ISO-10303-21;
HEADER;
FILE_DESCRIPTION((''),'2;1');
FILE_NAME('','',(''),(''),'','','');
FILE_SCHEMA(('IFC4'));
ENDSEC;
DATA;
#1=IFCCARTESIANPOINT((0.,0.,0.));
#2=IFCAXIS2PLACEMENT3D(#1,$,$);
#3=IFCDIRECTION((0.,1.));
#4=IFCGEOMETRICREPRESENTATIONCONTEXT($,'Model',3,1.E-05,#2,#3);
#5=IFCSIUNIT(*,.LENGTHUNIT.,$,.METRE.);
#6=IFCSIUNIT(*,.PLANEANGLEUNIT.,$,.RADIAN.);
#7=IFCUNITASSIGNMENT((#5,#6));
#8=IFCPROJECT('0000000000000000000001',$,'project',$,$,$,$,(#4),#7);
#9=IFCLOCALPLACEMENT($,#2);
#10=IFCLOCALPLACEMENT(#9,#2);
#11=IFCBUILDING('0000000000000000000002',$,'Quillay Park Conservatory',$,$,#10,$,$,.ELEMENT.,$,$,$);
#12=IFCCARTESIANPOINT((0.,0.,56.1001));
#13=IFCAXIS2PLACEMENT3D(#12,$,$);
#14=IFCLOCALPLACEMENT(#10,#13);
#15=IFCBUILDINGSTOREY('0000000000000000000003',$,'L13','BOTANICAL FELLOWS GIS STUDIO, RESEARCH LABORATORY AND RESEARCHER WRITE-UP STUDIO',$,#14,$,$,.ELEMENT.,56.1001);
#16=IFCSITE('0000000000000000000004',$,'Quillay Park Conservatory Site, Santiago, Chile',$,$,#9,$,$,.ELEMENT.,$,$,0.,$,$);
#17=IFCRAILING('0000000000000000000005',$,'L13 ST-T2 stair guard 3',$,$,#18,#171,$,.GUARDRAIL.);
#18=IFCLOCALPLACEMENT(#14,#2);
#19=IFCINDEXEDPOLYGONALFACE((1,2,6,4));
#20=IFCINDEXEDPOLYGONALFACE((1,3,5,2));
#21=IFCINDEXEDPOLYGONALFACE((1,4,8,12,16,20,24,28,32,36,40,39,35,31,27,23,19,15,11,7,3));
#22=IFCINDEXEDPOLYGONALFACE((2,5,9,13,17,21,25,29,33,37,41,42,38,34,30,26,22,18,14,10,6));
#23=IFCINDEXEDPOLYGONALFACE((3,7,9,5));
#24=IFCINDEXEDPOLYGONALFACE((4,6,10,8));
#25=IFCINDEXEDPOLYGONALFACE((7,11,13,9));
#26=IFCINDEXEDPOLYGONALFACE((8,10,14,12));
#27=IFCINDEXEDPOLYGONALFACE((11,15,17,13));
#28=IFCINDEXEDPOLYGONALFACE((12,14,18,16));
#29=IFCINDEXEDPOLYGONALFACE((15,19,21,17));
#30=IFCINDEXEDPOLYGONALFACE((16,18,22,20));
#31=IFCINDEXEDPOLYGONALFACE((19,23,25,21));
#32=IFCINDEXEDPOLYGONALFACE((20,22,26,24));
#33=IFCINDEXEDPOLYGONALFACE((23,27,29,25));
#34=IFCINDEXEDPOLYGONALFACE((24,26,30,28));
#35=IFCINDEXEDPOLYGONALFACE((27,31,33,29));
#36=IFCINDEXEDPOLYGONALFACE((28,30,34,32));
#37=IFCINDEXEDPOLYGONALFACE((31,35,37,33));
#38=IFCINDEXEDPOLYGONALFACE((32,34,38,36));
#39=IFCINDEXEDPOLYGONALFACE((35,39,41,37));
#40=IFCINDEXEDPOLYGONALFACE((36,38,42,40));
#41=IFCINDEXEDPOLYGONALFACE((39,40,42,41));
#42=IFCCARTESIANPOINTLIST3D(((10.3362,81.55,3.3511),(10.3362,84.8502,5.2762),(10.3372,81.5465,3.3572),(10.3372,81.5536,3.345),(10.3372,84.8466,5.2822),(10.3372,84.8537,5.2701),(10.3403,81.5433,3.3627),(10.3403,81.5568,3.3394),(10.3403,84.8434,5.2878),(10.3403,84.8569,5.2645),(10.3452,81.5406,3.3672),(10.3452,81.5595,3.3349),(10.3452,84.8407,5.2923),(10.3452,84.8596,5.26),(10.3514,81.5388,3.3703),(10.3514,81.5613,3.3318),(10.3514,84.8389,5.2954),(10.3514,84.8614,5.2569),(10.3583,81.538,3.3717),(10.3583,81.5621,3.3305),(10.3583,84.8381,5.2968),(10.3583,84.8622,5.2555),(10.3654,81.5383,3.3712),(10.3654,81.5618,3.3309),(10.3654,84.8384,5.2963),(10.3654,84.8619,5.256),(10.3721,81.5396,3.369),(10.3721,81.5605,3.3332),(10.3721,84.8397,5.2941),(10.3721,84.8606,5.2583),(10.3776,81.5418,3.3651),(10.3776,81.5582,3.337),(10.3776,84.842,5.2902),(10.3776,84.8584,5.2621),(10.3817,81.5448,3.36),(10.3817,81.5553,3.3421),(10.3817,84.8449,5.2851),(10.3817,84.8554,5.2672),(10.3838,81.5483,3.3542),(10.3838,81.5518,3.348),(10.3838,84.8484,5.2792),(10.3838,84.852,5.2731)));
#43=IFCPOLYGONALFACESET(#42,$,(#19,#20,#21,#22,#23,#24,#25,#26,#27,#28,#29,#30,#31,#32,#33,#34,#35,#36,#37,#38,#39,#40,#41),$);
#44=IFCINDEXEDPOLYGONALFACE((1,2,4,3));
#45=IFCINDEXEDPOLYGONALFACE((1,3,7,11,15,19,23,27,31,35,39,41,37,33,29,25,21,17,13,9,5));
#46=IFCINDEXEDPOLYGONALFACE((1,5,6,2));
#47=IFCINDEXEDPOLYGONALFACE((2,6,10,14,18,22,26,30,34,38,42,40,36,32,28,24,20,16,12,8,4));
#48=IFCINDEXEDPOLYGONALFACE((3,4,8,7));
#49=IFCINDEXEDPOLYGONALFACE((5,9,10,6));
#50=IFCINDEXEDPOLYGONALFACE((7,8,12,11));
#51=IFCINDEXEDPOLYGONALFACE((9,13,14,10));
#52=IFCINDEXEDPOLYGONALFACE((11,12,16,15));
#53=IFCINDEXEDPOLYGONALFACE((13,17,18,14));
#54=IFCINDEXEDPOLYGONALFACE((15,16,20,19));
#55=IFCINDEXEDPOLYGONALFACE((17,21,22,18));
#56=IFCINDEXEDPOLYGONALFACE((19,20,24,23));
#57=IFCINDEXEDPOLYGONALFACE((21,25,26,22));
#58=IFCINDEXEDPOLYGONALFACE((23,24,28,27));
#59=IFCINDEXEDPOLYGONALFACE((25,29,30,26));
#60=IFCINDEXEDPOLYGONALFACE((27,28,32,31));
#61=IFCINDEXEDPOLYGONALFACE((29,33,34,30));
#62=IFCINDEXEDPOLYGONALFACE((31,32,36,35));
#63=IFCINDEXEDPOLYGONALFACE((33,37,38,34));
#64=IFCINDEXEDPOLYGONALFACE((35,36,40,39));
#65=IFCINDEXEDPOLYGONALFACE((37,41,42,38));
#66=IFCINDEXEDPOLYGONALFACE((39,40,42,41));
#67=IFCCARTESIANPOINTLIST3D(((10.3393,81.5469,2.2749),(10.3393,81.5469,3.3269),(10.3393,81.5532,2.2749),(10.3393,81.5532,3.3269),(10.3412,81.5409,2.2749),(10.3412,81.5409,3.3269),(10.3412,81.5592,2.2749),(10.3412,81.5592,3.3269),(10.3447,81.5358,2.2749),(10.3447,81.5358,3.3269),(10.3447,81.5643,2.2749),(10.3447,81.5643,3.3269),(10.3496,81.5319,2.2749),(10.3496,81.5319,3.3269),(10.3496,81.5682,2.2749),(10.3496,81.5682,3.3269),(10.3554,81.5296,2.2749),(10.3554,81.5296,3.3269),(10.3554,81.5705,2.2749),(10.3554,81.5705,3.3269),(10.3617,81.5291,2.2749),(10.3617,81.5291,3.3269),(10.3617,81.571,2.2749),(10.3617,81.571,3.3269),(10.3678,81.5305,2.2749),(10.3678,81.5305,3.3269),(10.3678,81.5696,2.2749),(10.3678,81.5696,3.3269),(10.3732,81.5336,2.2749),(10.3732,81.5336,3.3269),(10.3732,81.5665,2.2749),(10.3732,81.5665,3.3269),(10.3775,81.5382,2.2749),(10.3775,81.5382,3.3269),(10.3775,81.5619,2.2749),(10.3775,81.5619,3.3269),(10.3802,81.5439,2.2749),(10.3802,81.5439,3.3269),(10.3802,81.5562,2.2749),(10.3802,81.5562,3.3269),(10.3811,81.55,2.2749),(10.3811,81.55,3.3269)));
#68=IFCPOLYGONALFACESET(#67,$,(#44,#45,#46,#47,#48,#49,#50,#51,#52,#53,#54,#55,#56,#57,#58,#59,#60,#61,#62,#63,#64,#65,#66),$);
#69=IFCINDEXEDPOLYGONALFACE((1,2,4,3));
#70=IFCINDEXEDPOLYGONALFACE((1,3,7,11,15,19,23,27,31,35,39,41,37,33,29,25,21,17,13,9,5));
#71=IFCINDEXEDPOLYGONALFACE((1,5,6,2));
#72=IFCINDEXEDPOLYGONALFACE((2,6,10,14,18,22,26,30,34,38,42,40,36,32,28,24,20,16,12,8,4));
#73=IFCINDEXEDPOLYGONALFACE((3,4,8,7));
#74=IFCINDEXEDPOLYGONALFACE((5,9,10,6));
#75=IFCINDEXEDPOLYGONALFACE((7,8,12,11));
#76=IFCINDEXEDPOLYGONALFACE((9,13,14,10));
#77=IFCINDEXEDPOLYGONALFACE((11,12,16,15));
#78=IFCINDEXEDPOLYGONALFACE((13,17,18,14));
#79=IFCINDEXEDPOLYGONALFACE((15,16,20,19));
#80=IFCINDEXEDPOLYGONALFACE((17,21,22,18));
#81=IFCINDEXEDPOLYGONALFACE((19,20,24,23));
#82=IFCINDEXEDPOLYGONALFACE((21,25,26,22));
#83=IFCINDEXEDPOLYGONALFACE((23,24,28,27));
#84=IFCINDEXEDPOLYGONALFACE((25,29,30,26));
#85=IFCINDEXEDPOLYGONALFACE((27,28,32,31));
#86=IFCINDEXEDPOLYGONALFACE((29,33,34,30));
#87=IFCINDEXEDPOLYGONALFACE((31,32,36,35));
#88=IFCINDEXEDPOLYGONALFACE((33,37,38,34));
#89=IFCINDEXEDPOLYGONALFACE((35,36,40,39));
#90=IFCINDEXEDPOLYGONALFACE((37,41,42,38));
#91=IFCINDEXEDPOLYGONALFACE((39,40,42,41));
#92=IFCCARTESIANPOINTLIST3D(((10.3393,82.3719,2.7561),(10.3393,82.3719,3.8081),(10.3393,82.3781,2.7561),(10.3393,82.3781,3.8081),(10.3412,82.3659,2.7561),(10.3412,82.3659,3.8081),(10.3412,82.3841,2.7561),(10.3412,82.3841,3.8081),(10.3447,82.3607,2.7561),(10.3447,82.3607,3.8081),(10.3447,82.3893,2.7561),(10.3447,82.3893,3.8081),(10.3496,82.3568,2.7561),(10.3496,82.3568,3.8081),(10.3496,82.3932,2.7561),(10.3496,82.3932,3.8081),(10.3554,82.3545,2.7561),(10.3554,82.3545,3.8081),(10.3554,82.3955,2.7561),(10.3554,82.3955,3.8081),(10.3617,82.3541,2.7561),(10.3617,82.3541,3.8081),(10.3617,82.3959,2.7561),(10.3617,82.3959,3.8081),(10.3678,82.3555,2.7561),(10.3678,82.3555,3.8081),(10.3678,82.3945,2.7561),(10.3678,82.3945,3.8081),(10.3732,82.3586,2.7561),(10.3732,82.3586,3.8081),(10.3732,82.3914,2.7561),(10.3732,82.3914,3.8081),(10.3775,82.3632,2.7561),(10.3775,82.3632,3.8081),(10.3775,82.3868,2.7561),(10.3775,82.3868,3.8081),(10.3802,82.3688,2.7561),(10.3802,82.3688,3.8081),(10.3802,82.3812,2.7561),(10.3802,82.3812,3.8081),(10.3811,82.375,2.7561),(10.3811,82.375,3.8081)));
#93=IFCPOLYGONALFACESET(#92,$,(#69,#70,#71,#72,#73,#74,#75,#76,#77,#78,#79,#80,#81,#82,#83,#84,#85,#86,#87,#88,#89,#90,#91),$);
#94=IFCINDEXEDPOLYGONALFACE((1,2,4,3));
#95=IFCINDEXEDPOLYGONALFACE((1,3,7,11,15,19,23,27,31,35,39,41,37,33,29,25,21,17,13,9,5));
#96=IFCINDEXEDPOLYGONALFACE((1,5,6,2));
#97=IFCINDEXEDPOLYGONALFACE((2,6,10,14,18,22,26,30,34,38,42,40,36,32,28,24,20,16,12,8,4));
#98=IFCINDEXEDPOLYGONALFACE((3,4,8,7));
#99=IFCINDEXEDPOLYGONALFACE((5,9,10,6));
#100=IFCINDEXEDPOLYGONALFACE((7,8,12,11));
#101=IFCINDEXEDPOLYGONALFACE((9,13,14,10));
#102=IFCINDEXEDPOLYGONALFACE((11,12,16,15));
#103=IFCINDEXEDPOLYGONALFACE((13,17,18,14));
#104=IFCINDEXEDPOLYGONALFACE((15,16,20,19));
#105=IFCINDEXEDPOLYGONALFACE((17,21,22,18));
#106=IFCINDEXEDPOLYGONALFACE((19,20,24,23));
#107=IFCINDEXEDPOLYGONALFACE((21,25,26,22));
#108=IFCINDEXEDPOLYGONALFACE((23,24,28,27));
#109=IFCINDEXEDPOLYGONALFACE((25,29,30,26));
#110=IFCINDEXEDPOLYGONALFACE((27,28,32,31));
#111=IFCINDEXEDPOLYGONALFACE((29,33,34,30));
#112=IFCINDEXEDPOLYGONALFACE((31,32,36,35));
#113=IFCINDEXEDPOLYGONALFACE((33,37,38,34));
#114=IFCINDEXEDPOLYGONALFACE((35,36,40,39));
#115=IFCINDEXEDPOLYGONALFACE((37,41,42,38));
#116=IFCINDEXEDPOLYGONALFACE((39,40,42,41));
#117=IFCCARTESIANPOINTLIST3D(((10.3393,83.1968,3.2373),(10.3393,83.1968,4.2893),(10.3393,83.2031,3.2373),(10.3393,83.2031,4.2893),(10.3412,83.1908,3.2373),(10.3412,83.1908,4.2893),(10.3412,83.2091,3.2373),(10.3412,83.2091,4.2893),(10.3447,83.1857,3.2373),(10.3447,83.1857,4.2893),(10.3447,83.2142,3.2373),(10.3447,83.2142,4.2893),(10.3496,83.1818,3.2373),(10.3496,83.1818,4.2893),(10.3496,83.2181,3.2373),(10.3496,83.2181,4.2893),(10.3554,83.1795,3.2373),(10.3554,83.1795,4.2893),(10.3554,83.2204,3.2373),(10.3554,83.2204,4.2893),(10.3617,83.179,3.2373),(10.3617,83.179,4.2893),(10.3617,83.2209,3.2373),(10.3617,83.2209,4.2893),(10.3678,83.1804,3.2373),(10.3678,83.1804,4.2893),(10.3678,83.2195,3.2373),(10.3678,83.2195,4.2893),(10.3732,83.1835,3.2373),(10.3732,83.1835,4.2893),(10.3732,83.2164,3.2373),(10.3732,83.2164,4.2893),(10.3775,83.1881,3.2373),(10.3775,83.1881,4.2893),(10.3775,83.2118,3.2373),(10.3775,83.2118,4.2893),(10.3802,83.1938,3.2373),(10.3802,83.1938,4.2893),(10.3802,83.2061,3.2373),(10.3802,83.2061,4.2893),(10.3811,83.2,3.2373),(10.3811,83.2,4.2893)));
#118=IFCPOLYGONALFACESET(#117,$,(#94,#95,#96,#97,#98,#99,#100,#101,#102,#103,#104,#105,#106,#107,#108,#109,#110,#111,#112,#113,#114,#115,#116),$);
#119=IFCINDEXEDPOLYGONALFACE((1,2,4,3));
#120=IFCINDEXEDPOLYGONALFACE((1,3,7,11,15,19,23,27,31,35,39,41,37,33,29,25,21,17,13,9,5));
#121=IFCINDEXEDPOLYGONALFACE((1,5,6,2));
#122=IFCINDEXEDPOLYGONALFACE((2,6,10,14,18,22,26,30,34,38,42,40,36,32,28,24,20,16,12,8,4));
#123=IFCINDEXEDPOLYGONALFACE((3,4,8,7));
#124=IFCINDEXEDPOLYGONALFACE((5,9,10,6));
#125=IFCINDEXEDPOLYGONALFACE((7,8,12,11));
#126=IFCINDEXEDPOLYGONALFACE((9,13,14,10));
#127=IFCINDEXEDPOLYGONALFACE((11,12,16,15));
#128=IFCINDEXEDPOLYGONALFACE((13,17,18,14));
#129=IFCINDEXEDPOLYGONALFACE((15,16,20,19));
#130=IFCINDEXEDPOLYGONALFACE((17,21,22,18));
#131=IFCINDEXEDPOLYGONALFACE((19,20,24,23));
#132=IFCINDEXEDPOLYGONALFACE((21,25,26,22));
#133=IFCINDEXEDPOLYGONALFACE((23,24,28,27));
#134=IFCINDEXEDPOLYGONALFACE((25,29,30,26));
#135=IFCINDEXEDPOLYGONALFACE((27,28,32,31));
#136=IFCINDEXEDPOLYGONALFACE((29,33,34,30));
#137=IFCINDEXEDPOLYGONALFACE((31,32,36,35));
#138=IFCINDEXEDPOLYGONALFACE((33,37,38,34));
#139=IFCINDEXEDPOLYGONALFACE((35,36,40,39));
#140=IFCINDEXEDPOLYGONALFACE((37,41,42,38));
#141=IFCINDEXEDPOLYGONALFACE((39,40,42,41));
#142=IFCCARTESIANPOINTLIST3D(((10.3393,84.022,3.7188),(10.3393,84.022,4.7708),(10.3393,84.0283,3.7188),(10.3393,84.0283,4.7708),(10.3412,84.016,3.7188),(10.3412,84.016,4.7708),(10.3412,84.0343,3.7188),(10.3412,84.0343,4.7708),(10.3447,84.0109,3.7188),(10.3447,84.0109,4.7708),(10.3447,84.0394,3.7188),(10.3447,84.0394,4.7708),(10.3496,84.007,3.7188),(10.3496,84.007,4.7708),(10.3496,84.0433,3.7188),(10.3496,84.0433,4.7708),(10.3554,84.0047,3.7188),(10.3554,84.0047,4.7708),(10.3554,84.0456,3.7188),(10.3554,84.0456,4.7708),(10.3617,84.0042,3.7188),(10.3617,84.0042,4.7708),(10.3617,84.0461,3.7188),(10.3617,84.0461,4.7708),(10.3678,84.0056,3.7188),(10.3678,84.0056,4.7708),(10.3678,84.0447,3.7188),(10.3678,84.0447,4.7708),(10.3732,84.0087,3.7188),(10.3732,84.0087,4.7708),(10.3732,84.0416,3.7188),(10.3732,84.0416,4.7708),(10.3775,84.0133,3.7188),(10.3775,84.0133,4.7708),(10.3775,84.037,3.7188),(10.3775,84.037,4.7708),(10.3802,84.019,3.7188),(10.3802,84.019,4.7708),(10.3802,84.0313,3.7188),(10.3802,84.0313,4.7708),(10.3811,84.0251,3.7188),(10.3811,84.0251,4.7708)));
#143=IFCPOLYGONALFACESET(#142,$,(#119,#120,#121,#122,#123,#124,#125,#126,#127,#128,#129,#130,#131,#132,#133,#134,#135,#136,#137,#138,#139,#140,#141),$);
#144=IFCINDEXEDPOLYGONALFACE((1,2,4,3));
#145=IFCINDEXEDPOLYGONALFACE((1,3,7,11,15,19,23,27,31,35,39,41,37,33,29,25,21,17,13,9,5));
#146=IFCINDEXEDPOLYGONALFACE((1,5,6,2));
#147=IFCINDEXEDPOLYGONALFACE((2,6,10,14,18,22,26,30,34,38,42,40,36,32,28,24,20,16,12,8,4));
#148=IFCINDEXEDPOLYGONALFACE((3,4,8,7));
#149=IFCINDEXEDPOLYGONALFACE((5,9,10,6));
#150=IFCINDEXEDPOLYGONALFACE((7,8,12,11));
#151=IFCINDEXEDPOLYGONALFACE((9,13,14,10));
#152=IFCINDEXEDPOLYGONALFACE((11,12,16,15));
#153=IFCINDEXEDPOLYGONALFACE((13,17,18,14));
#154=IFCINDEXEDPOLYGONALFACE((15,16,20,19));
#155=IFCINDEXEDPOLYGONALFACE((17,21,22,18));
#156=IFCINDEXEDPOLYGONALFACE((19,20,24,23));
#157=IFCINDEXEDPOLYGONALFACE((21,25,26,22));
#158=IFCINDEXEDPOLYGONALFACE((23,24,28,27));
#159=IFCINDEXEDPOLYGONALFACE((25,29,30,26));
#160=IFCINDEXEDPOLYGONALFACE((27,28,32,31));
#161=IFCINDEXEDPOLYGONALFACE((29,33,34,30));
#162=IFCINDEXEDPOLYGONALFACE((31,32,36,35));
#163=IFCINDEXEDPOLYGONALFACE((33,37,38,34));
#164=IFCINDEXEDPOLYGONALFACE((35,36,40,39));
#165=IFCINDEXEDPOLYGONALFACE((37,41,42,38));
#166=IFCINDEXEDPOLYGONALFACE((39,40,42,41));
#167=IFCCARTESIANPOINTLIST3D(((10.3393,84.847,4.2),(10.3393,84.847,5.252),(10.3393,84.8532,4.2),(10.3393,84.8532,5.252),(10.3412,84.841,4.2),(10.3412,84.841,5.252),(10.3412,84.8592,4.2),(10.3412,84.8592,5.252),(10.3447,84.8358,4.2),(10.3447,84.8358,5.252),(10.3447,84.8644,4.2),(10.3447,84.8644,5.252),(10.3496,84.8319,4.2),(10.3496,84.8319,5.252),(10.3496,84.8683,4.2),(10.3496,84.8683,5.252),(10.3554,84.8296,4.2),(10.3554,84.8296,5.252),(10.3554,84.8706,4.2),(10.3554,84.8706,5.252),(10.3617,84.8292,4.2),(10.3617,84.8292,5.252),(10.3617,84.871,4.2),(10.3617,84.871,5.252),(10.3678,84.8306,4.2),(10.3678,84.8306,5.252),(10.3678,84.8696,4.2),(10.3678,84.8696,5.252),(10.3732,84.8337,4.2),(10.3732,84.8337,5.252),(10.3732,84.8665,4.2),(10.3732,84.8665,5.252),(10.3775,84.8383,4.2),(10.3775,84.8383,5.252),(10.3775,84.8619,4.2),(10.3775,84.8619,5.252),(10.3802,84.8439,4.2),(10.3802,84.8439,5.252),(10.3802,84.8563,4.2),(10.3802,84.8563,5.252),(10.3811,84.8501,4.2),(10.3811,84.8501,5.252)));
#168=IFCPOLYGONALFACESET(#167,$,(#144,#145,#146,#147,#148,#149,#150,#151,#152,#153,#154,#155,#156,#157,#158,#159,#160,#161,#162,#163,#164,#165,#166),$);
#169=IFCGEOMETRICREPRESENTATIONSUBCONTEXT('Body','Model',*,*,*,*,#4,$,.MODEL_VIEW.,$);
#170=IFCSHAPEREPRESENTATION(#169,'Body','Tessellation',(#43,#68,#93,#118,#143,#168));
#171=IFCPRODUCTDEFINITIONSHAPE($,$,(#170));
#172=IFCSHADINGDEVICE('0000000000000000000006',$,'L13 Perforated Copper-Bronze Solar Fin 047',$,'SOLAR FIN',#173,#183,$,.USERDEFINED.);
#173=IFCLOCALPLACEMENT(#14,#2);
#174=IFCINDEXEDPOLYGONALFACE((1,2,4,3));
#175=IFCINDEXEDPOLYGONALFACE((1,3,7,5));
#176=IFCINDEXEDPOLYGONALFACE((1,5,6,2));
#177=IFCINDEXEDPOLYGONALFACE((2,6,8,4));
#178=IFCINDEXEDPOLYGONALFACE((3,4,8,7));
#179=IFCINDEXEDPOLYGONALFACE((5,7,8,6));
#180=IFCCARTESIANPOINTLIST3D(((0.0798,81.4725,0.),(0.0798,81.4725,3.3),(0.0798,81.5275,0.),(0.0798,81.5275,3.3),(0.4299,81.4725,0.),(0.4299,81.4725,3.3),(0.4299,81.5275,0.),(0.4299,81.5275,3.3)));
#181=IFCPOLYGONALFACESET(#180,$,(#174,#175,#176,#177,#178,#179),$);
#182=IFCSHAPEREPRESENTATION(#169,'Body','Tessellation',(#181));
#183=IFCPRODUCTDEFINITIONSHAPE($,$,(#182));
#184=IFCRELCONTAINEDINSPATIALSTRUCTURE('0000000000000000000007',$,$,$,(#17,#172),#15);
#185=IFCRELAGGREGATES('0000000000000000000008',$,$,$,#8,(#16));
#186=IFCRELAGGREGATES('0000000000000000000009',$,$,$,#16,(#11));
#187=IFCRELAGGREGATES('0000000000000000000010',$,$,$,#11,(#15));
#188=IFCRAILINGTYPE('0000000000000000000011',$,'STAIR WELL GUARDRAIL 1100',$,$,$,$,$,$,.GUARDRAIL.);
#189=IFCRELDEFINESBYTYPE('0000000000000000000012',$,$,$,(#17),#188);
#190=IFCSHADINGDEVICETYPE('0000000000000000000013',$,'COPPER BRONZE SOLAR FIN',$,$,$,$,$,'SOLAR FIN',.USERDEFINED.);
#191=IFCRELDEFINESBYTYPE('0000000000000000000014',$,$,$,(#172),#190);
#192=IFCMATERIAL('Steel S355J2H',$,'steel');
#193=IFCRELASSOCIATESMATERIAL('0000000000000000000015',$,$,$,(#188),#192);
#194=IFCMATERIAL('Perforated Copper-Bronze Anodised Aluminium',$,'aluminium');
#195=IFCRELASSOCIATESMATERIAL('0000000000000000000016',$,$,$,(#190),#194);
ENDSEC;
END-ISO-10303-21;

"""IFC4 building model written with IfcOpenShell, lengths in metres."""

from ifc_helpers import new_model, si_unit, direction, frame, origin, origin_2d, place, context, subcontext, project, spatial, rectangle, circle, extrude, material, type_object, element, save


model = new_model("IFC4")

# Units and contexts
model_context = context("Model", 3, precision=1e-05, world=origin(), true_north=direction((0.0, 1.0)))
body_context = subcontext(model_context, "Body", "Model", "MODEL_VIEW")
ifc_project = project(units=[si_unit("LENGTHUNIT", "METRE"), si_unit("PLANEANGLEUNIT", "RADIAN")], contexts=[model_context])

# Site, building, storey
site_placement = place(None, origin())
site = spatial("IfcSite", under=ifc_project, at=site_placement, Name="Quillay Park Conservatory Site, Santiago, Chile", CompositionType="ELEMENT", RefElevation=0.0)
building_placement = place(site_placement, origin())
building = spatial("IfcBuilding", under=site, at=building_placement, Name="Quillay Park Conservatory", CompositionType="ELEMENT")
storey_placement = place(building_placement, frame((0.0, 0.0, 56.1001)))
storey = spatial("IfcBuildingStorey", under=building, at=storey_placement, Name="L13", Description="BOTANICAL FELLOWS GIS STUDIO, RESEARCH LABORATORY AND RESEARCHER WRITE-UP STUDIO", CompositionType="ELEMENT", Elevation=56.1001)

# Railing
ifc_material_1 = material(Name="Steel S355J2H", Category="steel")
railing_type_1 = type_object("IfcRailingType", Name="STAIR WELL GUARDRAIL 1100", PredefinedType="GUARDRAIL", material=ifc_material_1)
railing_1_placement = place(storey_placement, frame((10.3601, 81.55, 2.2749)))
element("IfcRailing", 1, at=railing_1_placement, inside=storey, type_object=railing_type_1, Name="L13 ST-T2 stair guard 3", PredefinedType="GUARDRAIL", context=body_context, shape_type="SweptSolid", body=[
    extrude(circle(Radius=0.0239, at=origin_2d()), frame((0.0, 0.0, 1.0762), z_axis=(0.0, 0.863777, 0.503875), x_axis=(-1.0, 0.0, 0.0)), (0.0, 0.0, 1.0), 3.8206),
    extrude(circle(Radius=0.021, at=origin_2d()), origin(), (0.0, 0.0, 1.0), 1.052),
    extrude(circle(Radius=0.021, at=origin_2d()), frame((0.0, 0.825, 0.4812)), (0.0, 0.0, 1.0), 1.052),
    extrude(circle(Radius=0.021, at=origin_2d()), frame((0.0, 1.6499, 0.9624)), (0.0, 0.0, 1.0), 1.052),
    extrude(circle(Radius=0.021, at=origin_2d()), frame((0.0, 2.4751, 1.4438)), (0.0, 0.0, 1.0), 1.052),
    extrude(circle(Radius=0.021, at=origin_2d()), frame((0.0, 3.3, 1.925)), (0.0, 0.0, 1.0), 1.052),
])

# Shading device
ifc_material_2 = material(Name="Perforated Copper-Bronze Anodised Aluminium", Category="aluminium")
shading_device_type = type_object("IfcShadingDeviceType", Name="COPPER BRONZE SOLAR FIN", ElementType="SOLAR FIN", PredefinedType="USERDEFINED", material=ifc_material_2)
shading_device_placement = place(storey_placement, frame((0.2549, 81.5, 0.0), z_axis=(0.0, 0.0, 1.0), x_axis=(1.0, 0.0, 0.0)))
element("IfcShadingDevice", 2, at=shading_device_placement, inside=storey, type_object=shading_device_type, Name="L13 Perforated Copper-Bronze Solar Fin 047", ObjectType="SOLAR FIN", PredefinedType="USERDEFINED", context=body_context, shape_type="SweptSolid", body=[
    extrude(rectangle(XDim=0.3501, YDim=0.0549, at=origin_2d()), origin(), (0.0, 0.0, 1.0), 3.3),
])

save(model, "model.ifc")
